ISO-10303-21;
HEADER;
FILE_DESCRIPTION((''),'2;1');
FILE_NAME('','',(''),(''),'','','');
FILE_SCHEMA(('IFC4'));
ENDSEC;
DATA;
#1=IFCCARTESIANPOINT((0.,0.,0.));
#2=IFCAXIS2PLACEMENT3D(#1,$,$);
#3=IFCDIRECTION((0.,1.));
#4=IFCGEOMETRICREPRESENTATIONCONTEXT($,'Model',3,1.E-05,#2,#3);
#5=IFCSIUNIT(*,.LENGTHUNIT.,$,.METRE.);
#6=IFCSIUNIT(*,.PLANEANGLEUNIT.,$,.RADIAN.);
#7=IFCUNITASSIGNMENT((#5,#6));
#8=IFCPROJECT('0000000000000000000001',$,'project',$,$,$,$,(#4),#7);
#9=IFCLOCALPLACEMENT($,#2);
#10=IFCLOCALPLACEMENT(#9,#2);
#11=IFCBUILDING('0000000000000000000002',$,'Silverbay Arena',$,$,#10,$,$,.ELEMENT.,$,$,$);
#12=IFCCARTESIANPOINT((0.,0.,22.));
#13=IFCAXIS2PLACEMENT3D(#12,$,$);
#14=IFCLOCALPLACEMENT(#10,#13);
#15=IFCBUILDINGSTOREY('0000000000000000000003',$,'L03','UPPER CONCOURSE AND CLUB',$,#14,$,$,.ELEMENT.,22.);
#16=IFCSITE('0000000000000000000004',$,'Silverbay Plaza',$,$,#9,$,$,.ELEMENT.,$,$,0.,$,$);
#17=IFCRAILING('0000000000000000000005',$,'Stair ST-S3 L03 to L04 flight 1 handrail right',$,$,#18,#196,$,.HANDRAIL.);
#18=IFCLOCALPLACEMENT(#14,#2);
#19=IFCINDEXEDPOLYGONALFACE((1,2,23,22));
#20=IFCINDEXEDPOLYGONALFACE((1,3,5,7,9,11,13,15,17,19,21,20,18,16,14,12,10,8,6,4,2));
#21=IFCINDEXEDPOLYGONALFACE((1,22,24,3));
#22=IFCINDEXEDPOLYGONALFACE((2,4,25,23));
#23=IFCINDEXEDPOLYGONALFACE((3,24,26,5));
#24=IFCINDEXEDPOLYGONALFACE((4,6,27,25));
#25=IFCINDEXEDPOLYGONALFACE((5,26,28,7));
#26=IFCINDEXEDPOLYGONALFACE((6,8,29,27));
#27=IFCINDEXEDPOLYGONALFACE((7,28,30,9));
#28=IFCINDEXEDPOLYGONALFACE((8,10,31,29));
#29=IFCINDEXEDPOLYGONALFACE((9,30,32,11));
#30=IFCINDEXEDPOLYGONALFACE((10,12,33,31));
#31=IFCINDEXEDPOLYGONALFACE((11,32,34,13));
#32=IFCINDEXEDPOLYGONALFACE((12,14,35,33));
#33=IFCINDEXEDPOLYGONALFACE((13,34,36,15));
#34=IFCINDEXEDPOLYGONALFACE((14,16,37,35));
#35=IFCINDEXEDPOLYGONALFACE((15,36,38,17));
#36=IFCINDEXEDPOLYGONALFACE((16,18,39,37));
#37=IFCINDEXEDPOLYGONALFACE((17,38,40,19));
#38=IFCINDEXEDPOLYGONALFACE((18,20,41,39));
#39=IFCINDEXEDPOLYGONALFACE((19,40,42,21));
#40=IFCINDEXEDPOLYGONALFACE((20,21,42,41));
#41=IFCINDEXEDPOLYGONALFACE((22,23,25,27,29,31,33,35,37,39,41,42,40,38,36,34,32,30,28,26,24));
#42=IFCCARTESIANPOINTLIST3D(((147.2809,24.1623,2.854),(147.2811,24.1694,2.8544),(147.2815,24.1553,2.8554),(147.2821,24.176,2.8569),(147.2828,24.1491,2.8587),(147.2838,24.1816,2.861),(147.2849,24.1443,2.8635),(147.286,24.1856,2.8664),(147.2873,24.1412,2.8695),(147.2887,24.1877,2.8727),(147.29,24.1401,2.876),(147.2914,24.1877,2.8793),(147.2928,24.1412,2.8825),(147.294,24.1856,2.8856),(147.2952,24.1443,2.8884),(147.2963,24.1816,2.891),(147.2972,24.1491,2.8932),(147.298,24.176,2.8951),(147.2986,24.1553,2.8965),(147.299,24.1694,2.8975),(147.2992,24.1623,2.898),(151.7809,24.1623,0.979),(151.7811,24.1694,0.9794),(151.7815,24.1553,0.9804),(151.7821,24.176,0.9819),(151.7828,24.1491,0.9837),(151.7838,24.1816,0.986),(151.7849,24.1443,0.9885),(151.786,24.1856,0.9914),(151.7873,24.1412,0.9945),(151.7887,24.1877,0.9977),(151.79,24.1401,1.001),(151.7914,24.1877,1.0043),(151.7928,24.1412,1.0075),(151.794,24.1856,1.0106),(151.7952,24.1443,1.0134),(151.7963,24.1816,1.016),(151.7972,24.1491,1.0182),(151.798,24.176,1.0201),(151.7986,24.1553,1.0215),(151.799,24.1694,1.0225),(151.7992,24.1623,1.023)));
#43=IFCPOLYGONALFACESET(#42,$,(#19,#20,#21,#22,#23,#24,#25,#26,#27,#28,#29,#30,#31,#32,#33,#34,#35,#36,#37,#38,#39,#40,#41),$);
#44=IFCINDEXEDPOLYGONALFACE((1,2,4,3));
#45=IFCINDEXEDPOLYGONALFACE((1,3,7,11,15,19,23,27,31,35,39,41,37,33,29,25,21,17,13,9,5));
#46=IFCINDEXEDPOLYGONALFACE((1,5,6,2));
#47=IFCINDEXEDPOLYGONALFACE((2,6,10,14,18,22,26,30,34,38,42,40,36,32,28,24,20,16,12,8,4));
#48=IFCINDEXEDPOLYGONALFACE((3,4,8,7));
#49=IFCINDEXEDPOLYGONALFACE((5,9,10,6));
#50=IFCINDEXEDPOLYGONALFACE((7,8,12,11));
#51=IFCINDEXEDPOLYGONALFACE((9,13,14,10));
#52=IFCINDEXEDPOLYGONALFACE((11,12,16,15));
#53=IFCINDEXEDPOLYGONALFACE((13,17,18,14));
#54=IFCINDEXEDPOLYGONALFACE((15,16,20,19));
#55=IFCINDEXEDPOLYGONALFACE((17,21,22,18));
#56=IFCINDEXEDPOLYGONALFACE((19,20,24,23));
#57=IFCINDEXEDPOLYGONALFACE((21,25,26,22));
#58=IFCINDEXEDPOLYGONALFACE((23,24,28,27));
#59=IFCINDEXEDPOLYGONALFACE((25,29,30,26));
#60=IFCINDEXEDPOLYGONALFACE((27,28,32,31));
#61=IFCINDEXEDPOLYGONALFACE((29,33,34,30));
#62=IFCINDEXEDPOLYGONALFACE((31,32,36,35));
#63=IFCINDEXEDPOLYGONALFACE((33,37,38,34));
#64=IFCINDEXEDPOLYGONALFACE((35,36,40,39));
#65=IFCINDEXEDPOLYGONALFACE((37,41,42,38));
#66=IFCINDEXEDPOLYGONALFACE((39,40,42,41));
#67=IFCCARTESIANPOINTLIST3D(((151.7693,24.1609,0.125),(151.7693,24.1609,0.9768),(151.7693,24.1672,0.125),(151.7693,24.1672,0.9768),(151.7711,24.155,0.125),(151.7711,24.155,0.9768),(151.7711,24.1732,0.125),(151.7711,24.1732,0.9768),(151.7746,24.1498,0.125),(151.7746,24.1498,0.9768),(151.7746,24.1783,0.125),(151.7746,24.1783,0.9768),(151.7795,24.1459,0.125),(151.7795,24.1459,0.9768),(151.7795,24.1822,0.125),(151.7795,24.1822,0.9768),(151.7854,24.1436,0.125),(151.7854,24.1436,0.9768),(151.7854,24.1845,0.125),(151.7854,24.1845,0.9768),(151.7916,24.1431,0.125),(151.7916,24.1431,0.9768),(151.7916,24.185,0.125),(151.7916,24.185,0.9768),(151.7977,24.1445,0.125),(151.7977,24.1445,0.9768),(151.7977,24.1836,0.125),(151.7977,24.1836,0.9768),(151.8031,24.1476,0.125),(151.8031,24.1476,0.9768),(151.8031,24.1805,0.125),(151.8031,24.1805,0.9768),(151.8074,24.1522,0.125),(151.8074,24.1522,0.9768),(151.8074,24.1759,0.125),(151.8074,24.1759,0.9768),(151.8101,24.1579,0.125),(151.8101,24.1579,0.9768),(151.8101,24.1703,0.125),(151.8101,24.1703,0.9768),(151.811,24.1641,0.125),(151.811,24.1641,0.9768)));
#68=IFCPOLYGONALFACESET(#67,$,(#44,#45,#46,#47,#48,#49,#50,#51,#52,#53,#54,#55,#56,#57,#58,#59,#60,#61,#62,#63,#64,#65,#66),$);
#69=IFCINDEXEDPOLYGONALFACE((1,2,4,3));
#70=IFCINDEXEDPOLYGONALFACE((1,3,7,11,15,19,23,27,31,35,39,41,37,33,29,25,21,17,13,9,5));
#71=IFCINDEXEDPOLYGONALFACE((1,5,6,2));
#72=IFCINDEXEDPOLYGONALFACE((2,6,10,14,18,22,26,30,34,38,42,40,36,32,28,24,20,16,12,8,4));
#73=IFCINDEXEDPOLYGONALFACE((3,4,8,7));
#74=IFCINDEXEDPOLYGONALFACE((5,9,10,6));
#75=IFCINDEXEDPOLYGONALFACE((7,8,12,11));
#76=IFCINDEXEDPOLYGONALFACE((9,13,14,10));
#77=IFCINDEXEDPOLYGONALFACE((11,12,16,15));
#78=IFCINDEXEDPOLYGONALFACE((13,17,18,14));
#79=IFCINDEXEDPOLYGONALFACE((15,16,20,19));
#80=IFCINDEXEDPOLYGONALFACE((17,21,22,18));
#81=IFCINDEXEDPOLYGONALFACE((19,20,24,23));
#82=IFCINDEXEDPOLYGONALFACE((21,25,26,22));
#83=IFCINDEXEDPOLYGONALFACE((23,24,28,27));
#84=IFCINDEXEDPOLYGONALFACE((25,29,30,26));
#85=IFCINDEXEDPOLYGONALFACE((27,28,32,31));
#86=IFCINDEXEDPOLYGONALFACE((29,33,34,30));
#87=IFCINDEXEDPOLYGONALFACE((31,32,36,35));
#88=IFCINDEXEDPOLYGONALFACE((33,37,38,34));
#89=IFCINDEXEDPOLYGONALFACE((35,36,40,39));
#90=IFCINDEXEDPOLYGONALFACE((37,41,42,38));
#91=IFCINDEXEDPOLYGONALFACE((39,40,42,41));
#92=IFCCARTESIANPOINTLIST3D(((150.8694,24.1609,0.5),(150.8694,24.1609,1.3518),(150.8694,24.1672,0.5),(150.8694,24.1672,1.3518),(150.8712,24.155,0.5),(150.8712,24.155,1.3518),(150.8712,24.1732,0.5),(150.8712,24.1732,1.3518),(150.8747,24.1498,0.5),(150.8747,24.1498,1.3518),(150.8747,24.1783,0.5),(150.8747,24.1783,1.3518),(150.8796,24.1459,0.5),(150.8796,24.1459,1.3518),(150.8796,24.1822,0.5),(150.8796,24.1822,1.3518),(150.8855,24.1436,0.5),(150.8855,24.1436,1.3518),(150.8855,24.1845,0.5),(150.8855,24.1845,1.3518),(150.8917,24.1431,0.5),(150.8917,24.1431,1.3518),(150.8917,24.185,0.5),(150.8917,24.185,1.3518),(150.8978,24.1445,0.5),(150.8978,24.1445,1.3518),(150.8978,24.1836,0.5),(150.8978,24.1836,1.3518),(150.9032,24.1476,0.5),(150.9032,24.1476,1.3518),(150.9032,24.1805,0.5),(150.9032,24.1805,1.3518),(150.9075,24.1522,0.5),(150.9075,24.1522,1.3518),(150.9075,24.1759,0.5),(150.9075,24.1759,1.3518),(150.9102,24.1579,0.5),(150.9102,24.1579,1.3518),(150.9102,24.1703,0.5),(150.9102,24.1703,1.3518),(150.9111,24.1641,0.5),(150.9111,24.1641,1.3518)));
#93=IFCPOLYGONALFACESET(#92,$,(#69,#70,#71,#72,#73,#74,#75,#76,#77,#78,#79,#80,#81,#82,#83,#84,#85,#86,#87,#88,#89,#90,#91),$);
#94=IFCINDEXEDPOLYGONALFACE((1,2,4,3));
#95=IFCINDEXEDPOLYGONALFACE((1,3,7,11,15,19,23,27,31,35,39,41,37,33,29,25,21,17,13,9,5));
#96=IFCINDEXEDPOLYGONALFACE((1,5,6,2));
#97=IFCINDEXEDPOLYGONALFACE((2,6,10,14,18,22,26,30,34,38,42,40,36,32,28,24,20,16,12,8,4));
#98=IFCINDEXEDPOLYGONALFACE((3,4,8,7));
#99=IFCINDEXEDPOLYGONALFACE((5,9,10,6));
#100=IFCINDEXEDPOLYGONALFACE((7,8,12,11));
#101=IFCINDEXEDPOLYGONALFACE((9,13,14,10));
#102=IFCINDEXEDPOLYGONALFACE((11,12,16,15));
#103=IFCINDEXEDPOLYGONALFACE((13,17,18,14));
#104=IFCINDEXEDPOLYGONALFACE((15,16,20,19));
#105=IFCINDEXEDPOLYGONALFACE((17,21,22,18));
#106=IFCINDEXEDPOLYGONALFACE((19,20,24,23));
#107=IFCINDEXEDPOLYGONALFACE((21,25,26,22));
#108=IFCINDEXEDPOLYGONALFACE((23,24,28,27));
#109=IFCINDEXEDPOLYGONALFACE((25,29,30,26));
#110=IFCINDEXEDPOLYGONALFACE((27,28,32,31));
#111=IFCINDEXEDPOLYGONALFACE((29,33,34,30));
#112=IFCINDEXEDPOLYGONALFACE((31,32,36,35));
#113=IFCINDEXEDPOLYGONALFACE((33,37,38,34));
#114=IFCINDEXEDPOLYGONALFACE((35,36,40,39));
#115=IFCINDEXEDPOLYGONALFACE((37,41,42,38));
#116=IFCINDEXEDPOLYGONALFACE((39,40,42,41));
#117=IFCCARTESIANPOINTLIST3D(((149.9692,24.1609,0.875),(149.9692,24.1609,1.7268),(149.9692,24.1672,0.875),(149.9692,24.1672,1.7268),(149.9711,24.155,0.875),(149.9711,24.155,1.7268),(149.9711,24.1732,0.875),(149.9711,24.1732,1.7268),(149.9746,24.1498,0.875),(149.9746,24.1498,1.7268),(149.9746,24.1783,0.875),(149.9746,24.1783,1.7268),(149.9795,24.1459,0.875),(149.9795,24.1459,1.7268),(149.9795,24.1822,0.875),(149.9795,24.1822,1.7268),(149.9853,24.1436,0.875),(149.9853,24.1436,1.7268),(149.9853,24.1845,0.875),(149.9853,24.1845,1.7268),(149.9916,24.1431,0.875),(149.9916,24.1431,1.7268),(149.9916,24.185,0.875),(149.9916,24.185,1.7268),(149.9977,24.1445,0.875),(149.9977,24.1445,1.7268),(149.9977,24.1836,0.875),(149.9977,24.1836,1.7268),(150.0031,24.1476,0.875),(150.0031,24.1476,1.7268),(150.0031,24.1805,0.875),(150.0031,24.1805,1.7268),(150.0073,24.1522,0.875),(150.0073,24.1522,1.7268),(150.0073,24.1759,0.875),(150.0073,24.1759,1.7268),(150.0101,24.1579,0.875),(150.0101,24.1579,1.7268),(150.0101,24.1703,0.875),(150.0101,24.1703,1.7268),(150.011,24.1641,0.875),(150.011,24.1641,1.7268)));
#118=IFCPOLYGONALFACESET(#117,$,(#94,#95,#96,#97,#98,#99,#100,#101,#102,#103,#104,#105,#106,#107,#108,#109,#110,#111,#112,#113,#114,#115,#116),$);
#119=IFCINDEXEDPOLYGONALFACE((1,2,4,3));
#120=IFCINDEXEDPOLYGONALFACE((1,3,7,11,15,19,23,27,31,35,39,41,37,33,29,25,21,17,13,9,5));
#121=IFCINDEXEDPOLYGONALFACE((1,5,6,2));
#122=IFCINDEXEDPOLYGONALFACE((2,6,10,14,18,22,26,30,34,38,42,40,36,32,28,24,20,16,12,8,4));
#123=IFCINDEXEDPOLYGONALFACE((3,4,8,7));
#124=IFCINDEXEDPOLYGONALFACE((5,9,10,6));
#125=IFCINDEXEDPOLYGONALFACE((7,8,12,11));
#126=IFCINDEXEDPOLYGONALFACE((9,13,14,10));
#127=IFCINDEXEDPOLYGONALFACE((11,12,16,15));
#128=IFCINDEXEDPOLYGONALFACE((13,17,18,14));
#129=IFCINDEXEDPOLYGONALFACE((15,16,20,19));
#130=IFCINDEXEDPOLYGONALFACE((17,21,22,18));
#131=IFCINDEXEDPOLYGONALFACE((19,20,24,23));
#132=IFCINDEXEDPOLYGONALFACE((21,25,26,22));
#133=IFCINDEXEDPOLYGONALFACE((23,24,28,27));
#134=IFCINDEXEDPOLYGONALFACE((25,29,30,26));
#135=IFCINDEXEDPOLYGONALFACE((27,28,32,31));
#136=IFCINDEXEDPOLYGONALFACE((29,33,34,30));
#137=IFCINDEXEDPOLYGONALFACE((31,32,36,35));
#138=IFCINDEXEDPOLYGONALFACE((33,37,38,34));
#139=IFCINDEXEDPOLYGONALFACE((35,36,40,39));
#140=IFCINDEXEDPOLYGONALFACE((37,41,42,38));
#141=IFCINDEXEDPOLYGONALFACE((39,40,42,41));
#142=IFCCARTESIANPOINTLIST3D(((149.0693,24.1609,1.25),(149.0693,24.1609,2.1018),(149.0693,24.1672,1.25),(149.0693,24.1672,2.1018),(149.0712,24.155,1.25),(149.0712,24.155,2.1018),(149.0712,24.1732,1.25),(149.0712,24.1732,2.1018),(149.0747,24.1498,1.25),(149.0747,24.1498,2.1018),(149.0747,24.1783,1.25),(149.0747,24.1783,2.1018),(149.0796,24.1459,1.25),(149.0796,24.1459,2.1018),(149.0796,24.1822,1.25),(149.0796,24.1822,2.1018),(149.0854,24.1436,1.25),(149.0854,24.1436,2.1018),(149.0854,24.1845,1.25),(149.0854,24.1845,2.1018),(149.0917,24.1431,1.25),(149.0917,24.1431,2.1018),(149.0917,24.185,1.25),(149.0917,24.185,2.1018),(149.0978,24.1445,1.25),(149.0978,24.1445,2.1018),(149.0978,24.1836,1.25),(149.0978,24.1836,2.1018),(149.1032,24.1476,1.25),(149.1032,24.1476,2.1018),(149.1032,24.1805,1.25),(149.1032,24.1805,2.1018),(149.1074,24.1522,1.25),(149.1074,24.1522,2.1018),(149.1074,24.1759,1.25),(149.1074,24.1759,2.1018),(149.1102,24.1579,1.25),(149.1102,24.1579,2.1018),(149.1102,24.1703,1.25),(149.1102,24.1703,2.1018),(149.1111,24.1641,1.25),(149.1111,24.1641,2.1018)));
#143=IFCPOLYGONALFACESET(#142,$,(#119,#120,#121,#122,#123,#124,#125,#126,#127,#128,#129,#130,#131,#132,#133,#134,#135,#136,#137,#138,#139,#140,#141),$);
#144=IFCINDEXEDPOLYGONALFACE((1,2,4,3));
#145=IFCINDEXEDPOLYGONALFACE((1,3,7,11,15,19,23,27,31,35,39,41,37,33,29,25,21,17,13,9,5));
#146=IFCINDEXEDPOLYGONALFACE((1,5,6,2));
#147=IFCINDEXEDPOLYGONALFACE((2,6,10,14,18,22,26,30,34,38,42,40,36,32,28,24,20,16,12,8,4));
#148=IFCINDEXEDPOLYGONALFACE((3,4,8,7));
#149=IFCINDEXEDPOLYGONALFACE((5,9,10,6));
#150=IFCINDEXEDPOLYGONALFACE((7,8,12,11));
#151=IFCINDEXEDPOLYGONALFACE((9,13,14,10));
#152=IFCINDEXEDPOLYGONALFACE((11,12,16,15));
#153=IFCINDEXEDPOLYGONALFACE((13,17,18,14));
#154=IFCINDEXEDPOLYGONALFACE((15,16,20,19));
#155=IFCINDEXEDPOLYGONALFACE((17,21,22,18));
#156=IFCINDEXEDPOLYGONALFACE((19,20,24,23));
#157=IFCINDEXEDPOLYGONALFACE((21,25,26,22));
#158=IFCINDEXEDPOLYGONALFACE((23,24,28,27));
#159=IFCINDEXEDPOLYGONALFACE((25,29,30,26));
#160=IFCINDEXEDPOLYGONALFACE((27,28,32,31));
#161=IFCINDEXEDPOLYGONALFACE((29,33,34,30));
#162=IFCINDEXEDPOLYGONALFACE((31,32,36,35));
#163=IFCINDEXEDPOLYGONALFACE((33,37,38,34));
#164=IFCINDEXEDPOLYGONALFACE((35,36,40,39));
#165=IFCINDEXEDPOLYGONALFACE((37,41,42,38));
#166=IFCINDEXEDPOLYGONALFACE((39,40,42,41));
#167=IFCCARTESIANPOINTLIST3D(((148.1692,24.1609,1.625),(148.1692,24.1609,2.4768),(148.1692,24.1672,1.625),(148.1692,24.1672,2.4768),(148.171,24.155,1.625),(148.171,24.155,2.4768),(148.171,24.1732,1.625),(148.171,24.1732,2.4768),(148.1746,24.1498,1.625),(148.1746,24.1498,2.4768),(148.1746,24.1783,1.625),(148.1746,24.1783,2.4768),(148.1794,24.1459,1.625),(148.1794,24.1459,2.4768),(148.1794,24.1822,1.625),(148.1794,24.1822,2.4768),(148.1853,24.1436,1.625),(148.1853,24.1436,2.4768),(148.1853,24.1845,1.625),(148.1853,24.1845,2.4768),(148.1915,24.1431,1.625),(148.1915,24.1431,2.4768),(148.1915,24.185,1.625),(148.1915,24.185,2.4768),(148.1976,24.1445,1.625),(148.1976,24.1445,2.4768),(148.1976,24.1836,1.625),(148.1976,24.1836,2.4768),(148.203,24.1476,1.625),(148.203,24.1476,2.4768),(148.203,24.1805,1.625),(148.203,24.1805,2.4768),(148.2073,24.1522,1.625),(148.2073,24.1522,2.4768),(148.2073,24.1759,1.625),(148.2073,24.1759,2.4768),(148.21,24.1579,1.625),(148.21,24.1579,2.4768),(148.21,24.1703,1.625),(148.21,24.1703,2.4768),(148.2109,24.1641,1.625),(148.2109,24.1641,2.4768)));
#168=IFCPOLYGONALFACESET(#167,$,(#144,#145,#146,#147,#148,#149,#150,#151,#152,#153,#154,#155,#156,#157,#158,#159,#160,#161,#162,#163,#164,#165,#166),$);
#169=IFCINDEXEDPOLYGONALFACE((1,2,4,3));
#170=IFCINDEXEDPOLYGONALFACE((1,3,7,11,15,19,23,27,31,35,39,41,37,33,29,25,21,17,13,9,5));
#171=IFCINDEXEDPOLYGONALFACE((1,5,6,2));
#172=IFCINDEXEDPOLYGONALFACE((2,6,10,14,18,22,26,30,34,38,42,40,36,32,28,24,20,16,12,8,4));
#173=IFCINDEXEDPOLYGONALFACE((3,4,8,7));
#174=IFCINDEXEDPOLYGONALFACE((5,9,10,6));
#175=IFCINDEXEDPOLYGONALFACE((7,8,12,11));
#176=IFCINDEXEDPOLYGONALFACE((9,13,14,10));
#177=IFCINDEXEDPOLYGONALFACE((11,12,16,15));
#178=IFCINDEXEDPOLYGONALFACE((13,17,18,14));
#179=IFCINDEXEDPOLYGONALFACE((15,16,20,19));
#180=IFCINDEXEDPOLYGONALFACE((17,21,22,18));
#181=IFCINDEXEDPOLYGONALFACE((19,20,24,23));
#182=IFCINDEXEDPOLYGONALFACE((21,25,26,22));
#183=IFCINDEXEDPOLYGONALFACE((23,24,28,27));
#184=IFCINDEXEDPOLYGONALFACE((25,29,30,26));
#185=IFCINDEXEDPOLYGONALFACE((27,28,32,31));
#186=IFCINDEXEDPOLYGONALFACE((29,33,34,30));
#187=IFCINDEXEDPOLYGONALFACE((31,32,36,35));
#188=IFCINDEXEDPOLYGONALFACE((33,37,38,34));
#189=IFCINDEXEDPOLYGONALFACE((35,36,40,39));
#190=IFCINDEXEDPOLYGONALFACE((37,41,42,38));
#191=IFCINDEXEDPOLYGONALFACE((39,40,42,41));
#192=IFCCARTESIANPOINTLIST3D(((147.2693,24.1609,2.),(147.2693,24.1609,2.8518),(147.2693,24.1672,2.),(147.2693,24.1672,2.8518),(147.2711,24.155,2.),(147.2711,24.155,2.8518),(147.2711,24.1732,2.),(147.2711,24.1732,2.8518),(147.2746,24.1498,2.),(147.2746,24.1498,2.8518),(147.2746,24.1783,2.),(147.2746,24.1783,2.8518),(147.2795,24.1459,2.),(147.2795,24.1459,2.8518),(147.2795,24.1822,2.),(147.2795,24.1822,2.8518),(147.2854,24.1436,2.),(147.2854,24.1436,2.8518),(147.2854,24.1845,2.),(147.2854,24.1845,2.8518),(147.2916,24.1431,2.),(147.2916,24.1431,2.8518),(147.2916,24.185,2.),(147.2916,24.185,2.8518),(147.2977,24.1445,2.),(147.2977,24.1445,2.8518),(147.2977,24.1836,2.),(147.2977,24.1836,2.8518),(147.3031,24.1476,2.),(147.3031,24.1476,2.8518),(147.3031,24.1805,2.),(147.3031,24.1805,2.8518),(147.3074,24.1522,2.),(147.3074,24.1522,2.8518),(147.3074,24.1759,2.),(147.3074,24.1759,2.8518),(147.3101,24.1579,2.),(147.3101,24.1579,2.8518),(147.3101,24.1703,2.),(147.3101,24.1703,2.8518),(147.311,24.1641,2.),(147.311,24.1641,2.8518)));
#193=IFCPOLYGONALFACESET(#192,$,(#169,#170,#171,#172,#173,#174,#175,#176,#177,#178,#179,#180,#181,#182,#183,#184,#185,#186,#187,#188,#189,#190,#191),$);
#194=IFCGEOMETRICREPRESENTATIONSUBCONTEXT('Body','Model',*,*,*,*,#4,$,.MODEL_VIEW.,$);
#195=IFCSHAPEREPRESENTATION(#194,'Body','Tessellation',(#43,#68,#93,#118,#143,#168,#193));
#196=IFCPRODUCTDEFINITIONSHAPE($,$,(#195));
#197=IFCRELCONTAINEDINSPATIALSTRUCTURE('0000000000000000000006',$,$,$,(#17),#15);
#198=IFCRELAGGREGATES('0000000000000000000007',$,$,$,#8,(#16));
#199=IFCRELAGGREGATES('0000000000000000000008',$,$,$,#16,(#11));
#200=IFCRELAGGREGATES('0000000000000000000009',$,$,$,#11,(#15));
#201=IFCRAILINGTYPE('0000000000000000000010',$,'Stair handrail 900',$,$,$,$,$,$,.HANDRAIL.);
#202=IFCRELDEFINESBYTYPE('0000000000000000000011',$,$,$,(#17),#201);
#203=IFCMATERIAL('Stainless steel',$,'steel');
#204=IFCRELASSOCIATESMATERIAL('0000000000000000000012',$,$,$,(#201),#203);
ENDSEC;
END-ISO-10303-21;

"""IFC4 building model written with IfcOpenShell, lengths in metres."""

from ifc_helpers import new_model, si_unit, direction, frame, origin, origin_2d, place, context, subcontext, project, spatial, circle, extrude, material, type_object, element, save


model = new_model("IFC4")

# Units and contexts
model_context = context("Model", 3, precision=1e-05, world=origin(), true_north=direction((0.0, 1.0)))
body_context = subcontext(model_context, "Body", "Model", "MODEL_VIEW")
ifc_project = project(units=[si_unit("LENGTHUNIT", "METRE"), si_unit("PLANEANGLEUNIT", "RADIAN")], contexts=[model_context])

# Site, building, storey
site_placement = place(None, origin())
site = spatial("IfcSite", under=ifc_project, at=site_placement, Name="Silverbay Plaza", CompositionType="ELEMENT", RefElevation=0.0)
building_placement = place(site_placement, origin())
building = spatial("IfcBuilding", under=site, at=building_placement, Name="Silverbay Arena", CompositionType="ELEMENT")
storey_placement = place(building_placement, frame((0.0, 0.0, 22.0)))
storey = spatial("IfcBuildingStorey", under=building, at=storey_placement, Name="L03", Description="UPPER CONCOURSE AND CLUB", CompositionType="ELEMENT", Elevation=22.0)

# Railing
ifc_material_1 = material(Name="Stainless steel", Category="steel")
railing_type_1 = type_object("IfcRailingType", Name="Stair handrail 900", PredefinedType="HANDRAIL", material=ifc_material_1)
for number, where, name in (
    (1, (151.79, 24.1641, 0.125), "Stair ST-S3 L03 to L04 flight 1 handrail right"),
):
    element("IfcRailing", number, at=place(storey_placement, frame(where)), inside=storey, type_object=railing_type_1, Name=name, PredefinedType="HANDRAIL", context=body_context, shape_type="SweptSolid", body=[
        extrude(circle(Radius=0.0239, at=origin_2d()), frame((0.0, 0.0, 0.876), z_axis=(-0.923077, 0.0, 0.384615), x_axis=(0.0, -1.0, 0.0)), (0.0, 0.0, 1.0), 4.875),
        extrude(circle(Radius=0.021, at=origin_2d()), origin(), (0.0, 0.0, 1.0), 0.8518),
        extrude(circle(Radius=0.021, at=origin_2d()), frame((-0.8999, 0.0, 0.375)), (0.0, 0.0, 1.0), 0.8518),
        extrude(circle(Radius=0.021, at=origin_2d()), frame((-1.8, 0.0, 0.75)), (0.0, 0.0, 1.0), 0.8518),
        extrude(circle(Radius=0.021, at=origin_2d()), frame((-2.7, 0.0, 1.125)), (0.0, 0.0, 1.0), 0.8518),
        extrude(circle(Radius=0.021, at=origin_2d()), frame((-3.6001, 0.0, 1.5)), (0.0, 0.0, 1.0), 0.8518),
        extrude(circle(Radius=0.021, at=origin_2d()), frame((-4.5, 0.0, 1.875)), (0.0, 0.0, 1.0), 0.8518),
    ])

save(model, "model.ifc")
